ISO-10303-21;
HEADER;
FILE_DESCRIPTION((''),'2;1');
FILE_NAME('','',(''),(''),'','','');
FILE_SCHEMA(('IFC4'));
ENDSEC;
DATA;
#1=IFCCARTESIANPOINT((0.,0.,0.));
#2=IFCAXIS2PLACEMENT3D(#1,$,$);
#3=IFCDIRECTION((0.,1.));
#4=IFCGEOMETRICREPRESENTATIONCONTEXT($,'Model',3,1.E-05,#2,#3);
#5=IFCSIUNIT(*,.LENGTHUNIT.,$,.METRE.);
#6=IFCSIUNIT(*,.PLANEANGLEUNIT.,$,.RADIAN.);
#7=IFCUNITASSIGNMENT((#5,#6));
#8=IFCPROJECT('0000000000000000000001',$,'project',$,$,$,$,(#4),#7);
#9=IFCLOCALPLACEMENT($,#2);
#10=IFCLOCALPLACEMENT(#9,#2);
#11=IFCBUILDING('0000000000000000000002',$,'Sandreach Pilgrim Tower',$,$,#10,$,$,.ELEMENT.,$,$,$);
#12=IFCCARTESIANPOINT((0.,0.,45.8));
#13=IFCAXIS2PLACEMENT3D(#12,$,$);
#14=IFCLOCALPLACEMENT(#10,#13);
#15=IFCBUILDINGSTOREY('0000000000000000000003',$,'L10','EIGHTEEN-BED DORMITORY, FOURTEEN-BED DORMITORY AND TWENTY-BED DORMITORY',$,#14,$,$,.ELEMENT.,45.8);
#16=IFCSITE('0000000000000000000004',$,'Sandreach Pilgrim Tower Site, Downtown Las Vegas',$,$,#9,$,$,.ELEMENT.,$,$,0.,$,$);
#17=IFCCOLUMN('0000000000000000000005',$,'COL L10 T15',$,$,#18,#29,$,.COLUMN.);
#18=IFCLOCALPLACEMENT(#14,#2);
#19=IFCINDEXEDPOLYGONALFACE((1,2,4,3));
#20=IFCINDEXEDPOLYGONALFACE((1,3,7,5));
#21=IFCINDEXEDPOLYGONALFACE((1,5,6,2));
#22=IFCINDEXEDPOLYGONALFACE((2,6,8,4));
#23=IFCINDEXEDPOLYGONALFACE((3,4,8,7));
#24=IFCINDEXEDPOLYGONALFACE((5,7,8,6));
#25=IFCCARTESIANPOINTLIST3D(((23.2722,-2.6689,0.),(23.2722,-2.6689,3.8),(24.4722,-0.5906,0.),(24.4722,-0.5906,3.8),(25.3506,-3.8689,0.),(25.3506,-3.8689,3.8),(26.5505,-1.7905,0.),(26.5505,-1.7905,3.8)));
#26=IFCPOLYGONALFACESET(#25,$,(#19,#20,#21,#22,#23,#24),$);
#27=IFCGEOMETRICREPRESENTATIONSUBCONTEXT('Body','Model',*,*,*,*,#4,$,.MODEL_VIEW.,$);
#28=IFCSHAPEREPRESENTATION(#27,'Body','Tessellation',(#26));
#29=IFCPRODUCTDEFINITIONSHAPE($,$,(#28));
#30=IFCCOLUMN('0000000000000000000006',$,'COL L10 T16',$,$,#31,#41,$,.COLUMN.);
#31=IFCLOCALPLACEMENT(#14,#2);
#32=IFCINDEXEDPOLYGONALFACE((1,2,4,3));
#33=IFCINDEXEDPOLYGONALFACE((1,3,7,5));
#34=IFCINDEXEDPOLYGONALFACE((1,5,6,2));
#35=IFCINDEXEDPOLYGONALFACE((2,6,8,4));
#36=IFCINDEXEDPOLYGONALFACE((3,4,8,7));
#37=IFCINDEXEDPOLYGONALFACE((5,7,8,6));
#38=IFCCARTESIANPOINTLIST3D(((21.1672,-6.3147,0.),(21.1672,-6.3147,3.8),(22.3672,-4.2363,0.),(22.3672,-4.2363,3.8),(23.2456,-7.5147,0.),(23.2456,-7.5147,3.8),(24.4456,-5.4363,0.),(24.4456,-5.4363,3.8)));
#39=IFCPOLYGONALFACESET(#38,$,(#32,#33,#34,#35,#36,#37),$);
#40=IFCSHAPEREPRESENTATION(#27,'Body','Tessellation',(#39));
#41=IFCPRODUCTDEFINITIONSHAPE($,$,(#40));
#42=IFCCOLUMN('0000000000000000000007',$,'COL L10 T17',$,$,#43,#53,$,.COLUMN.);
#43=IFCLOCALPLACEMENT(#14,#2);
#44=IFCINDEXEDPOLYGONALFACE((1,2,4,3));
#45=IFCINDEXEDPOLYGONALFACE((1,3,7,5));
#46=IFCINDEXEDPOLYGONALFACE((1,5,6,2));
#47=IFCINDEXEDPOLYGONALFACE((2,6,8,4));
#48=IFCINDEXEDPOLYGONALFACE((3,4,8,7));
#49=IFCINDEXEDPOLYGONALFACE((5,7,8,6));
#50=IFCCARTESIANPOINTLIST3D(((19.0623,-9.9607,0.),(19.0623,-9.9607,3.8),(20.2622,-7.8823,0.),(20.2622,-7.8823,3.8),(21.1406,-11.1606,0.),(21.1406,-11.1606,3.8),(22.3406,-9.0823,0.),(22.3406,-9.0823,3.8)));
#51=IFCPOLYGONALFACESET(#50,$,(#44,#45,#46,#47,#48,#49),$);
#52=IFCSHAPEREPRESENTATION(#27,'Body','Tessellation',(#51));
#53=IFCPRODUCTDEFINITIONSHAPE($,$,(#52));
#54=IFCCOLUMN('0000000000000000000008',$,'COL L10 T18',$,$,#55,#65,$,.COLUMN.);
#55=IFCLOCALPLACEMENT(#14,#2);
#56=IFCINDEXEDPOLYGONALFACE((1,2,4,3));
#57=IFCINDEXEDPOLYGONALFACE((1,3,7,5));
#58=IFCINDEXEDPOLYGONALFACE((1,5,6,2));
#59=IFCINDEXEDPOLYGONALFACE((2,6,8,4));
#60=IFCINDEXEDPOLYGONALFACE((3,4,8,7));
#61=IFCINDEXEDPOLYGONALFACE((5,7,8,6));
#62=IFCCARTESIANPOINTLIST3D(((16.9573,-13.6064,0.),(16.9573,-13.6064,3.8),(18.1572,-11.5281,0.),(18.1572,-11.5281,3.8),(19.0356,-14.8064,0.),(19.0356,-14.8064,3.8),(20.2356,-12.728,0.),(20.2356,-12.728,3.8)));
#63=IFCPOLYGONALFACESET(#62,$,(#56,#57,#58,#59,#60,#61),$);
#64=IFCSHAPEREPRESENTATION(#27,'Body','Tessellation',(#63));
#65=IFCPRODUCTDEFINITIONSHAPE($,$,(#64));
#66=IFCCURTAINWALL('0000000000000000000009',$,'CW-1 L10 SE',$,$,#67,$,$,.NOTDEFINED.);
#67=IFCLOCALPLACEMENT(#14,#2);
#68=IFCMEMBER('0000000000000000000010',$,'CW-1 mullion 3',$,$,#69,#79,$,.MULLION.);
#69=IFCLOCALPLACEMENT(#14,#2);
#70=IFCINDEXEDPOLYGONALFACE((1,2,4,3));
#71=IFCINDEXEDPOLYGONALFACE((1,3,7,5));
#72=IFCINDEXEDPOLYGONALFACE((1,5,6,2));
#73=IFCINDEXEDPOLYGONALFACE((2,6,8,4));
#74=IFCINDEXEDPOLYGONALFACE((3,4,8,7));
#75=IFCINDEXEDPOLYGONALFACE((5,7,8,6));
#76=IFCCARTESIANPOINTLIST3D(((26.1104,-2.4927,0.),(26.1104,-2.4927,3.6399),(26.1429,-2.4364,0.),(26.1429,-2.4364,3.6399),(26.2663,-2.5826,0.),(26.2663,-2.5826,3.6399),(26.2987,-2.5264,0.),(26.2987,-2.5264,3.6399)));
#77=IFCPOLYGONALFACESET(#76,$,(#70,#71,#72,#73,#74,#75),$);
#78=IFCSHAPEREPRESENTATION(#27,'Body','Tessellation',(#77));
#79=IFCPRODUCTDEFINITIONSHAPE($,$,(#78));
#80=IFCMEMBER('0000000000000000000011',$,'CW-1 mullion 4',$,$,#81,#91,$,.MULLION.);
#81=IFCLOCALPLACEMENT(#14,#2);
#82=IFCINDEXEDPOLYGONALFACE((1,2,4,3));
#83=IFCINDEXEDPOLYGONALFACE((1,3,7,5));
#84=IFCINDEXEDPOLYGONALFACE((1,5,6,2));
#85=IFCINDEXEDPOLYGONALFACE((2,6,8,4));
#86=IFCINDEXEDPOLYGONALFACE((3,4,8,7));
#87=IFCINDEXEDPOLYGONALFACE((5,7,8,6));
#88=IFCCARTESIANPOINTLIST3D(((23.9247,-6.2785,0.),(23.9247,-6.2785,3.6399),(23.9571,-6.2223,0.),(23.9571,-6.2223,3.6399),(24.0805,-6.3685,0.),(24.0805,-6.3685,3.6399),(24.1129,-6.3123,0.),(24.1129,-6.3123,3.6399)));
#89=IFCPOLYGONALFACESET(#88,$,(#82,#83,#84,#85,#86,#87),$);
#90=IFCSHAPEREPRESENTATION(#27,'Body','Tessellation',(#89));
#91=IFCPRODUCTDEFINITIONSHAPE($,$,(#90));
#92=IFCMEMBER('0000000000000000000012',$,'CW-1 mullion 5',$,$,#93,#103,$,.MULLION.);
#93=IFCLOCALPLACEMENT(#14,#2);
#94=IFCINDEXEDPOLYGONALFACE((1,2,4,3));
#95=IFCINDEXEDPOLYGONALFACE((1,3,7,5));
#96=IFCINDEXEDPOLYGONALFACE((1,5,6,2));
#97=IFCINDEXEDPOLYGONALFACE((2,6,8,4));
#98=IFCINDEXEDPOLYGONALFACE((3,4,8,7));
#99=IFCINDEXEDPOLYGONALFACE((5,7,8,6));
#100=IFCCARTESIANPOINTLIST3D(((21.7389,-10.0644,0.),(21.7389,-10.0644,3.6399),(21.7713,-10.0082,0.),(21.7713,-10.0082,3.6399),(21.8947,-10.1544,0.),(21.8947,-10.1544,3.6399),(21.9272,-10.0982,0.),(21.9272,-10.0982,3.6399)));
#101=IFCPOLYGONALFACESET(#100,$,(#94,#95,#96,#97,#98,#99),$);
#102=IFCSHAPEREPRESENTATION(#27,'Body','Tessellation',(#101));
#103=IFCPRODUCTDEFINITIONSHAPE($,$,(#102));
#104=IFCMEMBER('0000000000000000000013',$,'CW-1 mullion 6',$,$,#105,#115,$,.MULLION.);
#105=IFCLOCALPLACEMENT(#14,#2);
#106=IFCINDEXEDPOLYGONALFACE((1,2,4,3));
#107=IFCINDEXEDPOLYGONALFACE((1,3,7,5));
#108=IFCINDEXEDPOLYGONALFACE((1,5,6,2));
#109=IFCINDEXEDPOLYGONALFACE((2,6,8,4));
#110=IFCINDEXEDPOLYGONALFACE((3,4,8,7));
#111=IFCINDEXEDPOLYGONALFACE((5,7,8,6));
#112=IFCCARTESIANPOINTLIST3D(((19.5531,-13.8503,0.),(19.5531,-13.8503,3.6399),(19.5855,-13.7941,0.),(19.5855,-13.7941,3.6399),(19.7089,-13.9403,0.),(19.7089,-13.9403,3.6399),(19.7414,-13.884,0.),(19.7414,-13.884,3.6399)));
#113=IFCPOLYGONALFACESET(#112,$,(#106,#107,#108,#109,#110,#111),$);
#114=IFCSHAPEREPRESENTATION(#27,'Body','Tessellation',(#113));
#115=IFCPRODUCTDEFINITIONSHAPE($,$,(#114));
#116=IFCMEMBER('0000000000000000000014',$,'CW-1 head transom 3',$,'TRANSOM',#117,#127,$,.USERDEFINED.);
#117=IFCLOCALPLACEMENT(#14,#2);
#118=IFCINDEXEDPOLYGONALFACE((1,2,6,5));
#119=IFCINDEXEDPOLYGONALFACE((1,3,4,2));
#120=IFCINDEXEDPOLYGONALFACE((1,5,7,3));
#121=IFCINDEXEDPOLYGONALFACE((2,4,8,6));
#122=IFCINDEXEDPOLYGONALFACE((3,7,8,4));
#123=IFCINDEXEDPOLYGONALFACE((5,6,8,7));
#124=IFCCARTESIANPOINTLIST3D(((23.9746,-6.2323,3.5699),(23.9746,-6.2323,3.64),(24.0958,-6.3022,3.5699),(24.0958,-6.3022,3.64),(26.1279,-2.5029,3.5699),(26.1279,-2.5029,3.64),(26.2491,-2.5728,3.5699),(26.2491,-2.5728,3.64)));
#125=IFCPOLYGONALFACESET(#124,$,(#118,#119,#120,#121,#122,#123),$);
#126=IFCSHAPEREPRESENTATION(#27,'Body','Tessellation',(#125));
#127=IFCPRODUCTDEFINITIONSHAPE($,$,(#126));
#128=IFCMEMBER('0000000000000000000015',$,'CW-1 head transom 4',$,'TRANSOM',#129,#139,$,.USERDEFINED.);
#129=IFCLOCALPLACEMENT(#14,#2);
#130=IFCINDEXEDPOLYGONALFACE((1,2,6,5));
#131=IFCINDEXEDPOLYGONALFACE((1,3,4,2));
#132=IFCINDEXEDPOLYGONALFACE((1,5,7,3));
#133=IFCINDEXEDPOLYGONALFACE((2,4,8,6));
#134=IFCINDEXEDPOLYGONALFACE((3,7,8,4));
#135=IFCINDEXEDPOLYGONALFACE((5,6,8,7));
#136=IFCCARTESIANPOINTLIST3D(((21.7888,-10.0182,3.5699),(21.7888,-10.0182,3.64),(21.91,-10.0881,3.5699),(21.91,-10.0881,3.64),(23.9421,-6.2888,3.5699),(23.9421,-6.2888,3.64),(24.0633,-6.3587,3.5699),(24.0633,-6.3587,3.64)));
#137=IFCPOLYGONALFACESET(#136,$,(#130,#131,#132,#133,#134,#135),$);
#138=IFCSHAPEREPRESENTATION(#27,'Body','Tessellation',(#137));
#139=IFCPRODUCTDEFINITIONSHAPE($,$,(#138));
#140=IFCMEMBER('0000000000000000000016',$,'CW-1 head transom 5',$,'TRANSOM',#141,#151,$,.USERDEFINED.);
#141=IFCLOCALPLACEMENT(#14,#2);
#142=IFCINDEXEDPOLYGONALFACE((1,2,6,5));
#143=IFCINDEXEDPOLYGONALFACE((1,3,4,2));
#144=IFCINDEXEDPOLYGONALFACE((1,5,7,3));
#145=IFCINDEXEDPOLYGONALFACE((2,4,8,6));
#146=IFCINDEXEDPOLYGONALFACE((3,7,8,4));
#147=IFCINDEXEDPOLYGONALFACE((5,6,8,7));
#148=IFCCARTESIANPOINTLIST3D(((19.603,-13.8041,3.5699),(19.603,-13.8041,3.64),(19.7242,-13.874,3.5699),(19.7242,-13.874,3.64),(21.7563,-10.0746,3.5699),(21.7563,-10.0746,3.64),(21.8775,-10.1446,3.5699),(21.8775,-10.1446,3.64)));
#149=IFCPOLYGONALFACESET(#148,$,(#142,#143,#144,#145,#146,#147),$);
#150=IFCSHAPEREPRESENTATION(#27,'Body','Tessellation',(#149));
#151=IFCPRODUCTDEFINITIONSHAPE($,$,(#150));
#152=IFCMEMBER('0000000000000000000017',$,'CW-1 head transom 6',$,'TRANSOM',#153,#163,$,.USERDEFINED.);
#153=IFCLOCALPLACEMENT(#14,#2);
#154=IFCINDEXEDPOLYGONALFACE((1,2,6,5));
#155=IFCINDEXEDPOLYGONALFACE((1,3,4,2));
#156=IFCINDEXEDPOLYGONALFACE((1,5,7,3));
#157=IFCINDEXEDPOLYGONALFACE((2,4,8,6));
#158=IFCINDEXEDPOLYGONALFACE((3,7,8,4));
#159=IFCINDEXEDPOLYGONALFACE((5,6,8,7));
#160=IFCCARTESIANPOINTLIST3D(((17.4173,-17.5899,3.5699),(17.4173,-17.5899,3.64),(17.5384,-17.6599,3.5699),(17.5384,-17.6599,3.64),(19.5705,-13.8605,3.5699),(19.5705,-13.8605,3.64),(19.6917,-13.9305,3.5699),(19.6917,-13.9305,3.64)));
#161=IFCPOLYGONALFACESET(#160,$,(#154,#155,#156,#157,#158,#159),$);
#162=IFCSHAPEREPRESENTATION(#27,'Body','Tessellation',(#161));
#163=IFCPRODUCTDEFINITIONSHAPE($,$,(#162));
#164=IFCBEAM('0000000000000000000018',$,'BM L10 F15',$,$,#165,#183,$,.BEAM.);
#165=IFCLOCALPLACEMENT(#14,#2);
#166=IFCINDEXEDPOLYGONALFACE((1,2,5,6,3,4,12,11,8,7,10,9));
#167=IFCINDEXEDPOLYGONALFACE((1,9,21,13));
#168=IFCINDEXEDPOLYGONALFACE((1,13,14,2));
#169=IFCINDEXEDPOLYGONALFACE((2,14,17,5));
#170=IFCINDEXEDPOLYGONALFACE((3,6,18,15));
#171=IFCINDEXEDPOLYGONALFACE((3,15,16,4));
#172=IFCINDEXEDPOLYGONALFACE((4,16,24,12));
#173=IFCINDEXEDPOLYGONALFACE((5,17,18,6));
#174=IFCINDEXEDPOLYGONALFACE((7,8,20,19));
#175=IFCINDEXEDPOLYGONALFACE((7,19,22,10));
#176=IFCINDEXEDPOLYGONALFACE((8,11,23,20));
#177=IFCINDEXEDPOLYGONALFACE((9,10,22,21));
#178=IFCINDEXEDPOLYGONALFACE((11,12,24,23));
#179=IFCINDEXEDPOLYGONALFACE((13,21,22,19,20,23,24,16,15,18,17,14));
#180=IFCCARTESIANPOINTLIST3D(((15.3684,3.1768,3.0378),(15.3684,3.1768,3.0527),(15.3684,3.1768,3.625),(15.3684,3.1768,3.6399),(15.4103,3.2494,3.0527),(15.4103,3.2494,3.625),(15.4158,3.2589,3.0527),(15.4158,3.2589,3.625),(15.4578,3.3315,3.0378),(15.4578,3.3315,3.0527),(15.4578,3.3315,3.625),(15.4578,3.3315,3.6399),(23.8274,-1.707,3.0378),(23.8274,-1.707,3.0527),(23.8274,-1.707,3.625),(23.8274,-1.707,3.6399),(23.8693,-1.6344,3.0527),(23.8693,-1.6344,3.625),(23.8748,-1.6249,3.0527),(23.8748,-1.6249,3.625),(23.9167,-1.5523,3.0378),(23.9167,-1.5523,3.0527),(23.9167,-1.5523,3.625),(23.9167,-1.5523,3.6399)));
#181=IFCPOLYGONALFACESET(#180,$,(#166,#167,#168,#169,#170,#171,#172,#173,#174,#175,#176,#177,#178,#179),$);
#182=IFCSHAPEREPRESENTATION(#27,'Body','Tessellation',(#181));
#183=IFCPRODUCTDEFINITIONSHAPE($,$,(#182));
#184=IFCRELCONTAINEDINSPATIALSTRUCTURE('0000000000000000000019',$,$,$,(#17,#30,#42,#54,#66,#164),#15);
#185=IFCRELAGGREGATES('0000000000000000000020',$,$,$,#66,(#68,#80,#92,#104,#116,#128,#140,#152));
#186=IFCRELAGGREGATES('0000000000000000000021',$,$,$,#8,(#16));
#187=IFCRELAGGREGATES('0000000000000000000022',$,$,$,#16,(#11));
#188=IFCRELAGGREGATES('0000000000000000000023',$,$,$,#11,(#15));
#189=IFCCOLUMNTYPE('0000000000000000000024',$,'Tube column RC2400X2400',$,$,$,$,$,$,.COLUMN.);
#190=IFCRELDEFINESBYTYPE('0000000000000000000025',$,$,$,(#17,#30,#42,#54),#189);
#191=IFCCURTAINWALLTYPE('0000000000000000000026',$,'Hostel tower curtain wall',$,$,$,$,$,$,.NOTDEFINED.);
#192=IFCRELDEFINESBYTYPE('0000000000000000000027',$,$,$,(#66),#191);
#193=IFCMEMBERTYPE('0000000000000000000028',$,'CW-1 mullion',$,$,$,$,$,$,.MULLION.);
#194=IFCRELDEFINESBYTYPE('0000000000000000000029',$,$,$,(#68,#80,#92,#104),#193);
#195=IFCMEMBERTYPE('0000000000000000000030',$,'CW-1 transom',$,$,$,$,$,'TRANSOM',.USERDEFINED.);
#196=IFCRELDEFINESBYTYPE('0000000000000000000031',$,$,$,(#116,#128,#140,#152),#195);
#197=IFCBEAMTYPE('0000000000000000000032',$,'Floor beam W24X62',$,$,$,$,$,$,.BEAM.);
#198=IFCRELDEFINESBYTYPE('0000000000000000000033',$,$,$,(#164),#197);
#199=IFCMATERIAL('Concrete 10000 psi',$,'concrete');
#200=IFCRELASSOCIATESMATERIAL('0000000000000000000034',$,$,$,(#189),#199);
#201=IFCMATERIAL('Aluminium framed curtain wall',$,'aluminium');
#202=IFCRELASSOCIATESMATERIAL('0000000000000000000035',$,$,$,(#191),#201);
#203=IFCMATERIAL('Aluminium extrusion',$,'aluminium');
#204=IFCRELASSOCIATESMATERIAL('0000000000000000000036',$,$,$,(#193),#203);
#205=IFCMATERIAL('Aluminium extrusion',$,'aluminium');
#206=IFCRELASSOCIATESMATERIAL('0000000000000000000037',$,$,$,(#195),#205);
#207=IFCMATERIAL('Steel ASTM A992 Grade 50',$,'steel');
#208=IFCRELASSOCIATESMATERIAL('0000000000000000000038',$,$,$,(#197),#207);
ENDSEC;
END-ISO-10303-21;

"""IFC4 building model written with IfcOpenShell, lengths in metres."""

from ifc_helpers import new_model, si_unit, direction, frame, origin, origin_2d, place, context, subcontext, project, spatial, rectangle, i_section, extrude, material, material_profile, profile_set, type_object, element, aggregate, save


model = new_model("IFC4")

# Units and contexts
model_context = context("Model", 3, precision=1e-05, world=origin(), true_north=direction((0.0, 1.0)))
body_context = subcontext(model_context, "Body", "Model", "MODEL_VIEW")
ifc_project = project(units=[si_unit("LENGTHUNIT", "METRE"), si_unit("PLANEANGLEUNIT", "RADIAN")], contexts=[model_context])

# Site, building, storey
site_placement = place(None, origin())
site = spatial("IfcSite", under=ifc_project, at=site_placement, Name="Sandreach Pilgrim Tower Site, Downtown Las Vegas", CompositionType="ELEMENT", RefElevation=0.0)
building_placement = place(site_placement, origin())
building = spatial("IfcBuilding", under=site, at=building_placement, Name="Sandreach Pilgrim Tower", CompositionType="ELEMENT")
storey_placement = place(building_placement, frame((0.0, 0.0, 45.8)))
storey = spatial("IfcBuildingStorey", under=building, at=storey_placement, Name="L10", Description="EIGHTEEN-BED DORMITORY, FOURTEEN-BED DORMITORY AND TWENTY-BED DORMITORY", CompositionType="ELEMENT", Elevation=45.8)

# Columns
ifc_material_1 = material(Name="Concrete 10000 psi", Category="concrete")
ifc_material_profile_1 = material_profile(ifc_material_1, rectangle(XDim=2.3999, YDim=2.3999, at=origin_2d()), Name="RC2400X2400")
ifc_profile_set_1 = profile_set([ifc_material_profile_1], Name="Concrete 10000 psi")
column_type = type_object("IfcColumnType", Name="Tube column RC2400X2400", PredefinedType="COLUMN", material=ifc_profile_set_1)
for number, where, z_axis, x_axis, name in (
    (1, (24.9114, -2.2297, 0.0), (0.0, 0.0, 1.0), (0.866025, -0.5, 0.0), "COL L10 T15"),
    (2, (22.8064, -5.8755, 0.0), (0.0, 0.0, 1.0), (0.866025, -0.5, 0.0), "COL L10 T16"),
    (3, (20.7014, -9.5215, 0.0), (0.0, 0.0, 1.0), (0.866025, -0.5, 0.0), "COL L10 T17"),
    (4, (18.5964, -13.1672, 0.0), (0.0, 0.0, 1.0), (0.866025, -0.5, 0.0), "COL L10 T18"),
):
    element("IfcColumn", number, at=place(storey_placement, frame(where, z_axis=z_axis, x_axis=x_axis)), inside=storey, type_object=column_type, Name=name, PredefinedType="COLUMN", context=body_context, shape_type="SweptSolid", body=[
        extrude(rectangle(XDim=2.3999, YDim=2.3999, at=origin_2d()), origin(), (0.0, 0.0, 1.0), 3.8),
    ])

# Curtain wall, members
ifc_material_2 = material(Name="Aluminium framed curtain wall", Category="aluminium")
curtain_wall_type = type_object("IfcCurtainWallType", Name="Hostel tower curtain wall", PredefinedType="NOTDEFINED", material=ifc_material_2)
curtain_wall_placement = place(storey_placement, origin())
curtain_wall = element("IfcCurtainWall", 5, at=curtain_wall_placement, inside=storey, type_object=curtain_wall_type, Name="CW-1 L10 SE", PredefinedType="NOTDEFINED")
ifc_material_3 = material(Name="Aluminium extrusion", Category="aluminium")
ifc_material_profile_2 = material_profile(ifc_material_3, rectangle(XDim=0.0649, YDim=0.1799, at=origin_2d()), Name="CW-1M 65X180")
ifc_profile_set_2 = profile_set([ifc_material_profile_2], Name="Aluminium extrusion")
member_type_1 = type_object("IfcMemberType", Name="CW-1 mullion", PredefinedType="MULLION", material=ifc_profile_set_2)
member_1_placement = place(storey_placement, frame((26.2046, -2.5095, 0.0), z_axis=(0.0, 0.0, 1.0), x_axis=(-0.5, -0.866025, 0.0)))
member_1 = element("IfcMember", 6, at=member_1_placement, type_object=member_type_1, Name="CW-1 mullion 3", PredefinedType="MULLION", context=body_context, shape_type="SweptSolid", body=[
    extrude(rectangle(XDim=0.0649, YDim=0.1799, at=origin_2d()), origin(), (0.0, 0.0, 1.0), 3.6399),
])
member_2_placement = place(storey_placement, frame((24.0188, -6.2954, 0.0), z_axis=(0.0, 0.0, 1.0), x_axis=(-0.5, -0.866025, 0.0)))
member_2 = element("IfcMember", 7, at=member_2_placement, type_object=member_type_1, Name="CW-1 mullion 4", PredefinedType="MULLION", context=body_context, shape_type="SweptSolid", body=[
    extrude(rectangle(XDim=0.0649, YDim=0.1799, at=origin_2d()), origin(), (0.0, 0.0, 1.0), 3.6399),
])
member_3_placement = place(storey_placement, frame((21.833, -10.0813, 0.0), z_axis=(0.0, 0.0, 1.0), x_axis=(-0.5, -0.866025, 0.0)))
member_3 = element("IfcMember", 8, at=member_3_placement, type_object=member_type_1, Name="CW-1 mullion 5", PredefinedType="MULLION", context=body_context, shape_type="SweptSolid", body=[
    extrude(rectangle(XDim=0.0649, YDim=0.1799, at=origin_2d()), origin(), (0.0, 0.0, 1.0), 3.6399),
])
member_4_placement = place(storey_placement, frame((19.6472, -13.8672, 0.0), z_axis=(0.0, 0.0, 1.0), x_axis=(-0.5, -0.866025, 0.0)))
member_4 = element("IfcMember", 9, at=member_4_placement, type_object=member_type_1, Name="CW-1 mullion 6", PredefinedType="MULLION", context=body_context, shape_type="SweptSolid", body=[
    extrude(rectangle(XDim=0.0649, YDim=0.1799, at=origin_2d()), origin(), (0.0, 0.0, 1.0), 3.6399),
])
ifc_material_4 = material(Name="Aluminium extrusion", Category="aluminium")
ifc_material_profile_3 = material_profile(ifc_material_4, rectangle(XDim=0.1399, YDim=0.0701, at=origin_2d()), Name="CW-1T 140X70")
ifc_profile_set_3 = profile_set([ifc_material_profile_3], Name="Aluminium extrusion")
member_type_2 = type_object("IfcMemberType", Name="CW-1 transom", ElementType="TRANSOM", PredefinedType="USERDEFINED", material=ifc_profile_set_3)
member_5_placement = place(storey_placement, frame((26.1885, -2.5378, 3.605), z_axis=(-0.500017, -0.866016, 0.0), x_axis=(0.866016, -0.500017, 0.0)))
member_5 = element("IfcMember", 10, at=member_5_placement, type_object=member_type_2, Name="CW-1 head transom 3", ObjectType="TRANSOM", PredefinedType="USERDEFINED", context=body_context, shape_type="SweptSolid", body=[
    extrude(rectangle(XDim=0.1399, YDim=0.0701, at=origin_2d()), origin(), (0.0, 0.0, 1.0), 4.3064),
])
member_6_placement = place(storey_placement, frame((24.0027, -6.3237, 3.605), z_axis=(-0.500017, -0.866016, 0.0), x_axis=(0.866016, -0.500017, 0.0)))
member_6 = element("IfcMember", 11, at=member_6_placement, type_object=member_type_2, Name="CW-1 head transom 4", ObjectType="TRANSOM", PredefinedType="USERDEFINED", context=body_context, shape_type="SweptSolid", body=[
    extrude(rectangle(XDim=0.1399, YDim=0.0701, at=origin_2d()), origin(), (0.0, 0.0, 1.0), 4.3064),
])
member_7_placement = place(storey_placement, frame((21.8169, -10.1096, 3.605), z_axis=(-0.500017, -0.866016, 0.0), x_axis=(0.866016, -0.500017, 0.0)))
member_7 = element("IfcMember", 12, at=member_7_placement, type_object=member_type_2, Name="CW-1 head transom 5", ObjectType="TRANSOM", PredefinedType="USERDEFINED", context=body_context, shape_type="SweptSolid", body=[
    extrude(rectangle(XDim=0.1399, YDim=0.0701, at=origin_2d()), origin(), (0.0, 0.0, 1.0), 4.3064),
])
member_8_placement = place(storey_placement, frame((19.6311, -13.8955, 3.605), z_axis=(-0.500017, -0.866016, 0.0), x_axis=(0.866016, -0.500017, 0.0)))
member_8 = element("IfcMember", 13, at=member_8_placement, type_object=member_type_2, Name="CW-1 head transom 6", ObjectType="TRANSOM", PredefinedType="USERDEFINED", context=body_context, shape_type="SweptSolid", body=[
    extrude(rectangle(XDim=0.1399, YDim=0.0701, at=origin_2d()), origin(), (0.0, 0.0, 1.0), 4.3064),
])

# Beam
ifc_material_5 = material(Name="Steel ASTM A992 Grade 50", Category="steel")
ifc_material_profile_4 = material_profile(ifc_material_5, i_section(OverallWidth=0.1787, OverallDepth=0.6021, WebThickness=0.011, FlangeThickness=0.0149, at=origin_2d()), Name="W24X62")
ifc_profile_set_4 = profile_set([ifc_material_profile_4], Name="Steel ASTM A992 Grade 50")
beam_type_1 = type_object("IfcBeamType", Name="Floor beam W24X62", PredefinedType="BEAM", material=ifc_profile_set_4)
beam_1_placement = place(storey_placement, frame((23.8721, -1.6296, 3.3389), z_axis=(-0.866026, 0.499999, 0.0), x_axis=(-0.499999, -0.866026, 0.0)))
element("IfcBeam", 14, at=beam_1_placement, inside=storey, type_object=beam_type_1, Name="BM L10 F15", PredefinedType="BEAM", context=body_context, shape_type="SweptSolid", body=[
    extrude(i_section(OverallWidth=0.1787, OverallDepth=0.6021, WebThickness=0.011, FlangeThickness=0.0149, at=origin_2d()), origin(), (0.0, 0.0, 1.0), 9.7676),
])

aggregate(curtain_wall, [member_1, member_2, member_3, member_4, member_5, member_6, member_7, member_8])

save(model, "model.ifc")
